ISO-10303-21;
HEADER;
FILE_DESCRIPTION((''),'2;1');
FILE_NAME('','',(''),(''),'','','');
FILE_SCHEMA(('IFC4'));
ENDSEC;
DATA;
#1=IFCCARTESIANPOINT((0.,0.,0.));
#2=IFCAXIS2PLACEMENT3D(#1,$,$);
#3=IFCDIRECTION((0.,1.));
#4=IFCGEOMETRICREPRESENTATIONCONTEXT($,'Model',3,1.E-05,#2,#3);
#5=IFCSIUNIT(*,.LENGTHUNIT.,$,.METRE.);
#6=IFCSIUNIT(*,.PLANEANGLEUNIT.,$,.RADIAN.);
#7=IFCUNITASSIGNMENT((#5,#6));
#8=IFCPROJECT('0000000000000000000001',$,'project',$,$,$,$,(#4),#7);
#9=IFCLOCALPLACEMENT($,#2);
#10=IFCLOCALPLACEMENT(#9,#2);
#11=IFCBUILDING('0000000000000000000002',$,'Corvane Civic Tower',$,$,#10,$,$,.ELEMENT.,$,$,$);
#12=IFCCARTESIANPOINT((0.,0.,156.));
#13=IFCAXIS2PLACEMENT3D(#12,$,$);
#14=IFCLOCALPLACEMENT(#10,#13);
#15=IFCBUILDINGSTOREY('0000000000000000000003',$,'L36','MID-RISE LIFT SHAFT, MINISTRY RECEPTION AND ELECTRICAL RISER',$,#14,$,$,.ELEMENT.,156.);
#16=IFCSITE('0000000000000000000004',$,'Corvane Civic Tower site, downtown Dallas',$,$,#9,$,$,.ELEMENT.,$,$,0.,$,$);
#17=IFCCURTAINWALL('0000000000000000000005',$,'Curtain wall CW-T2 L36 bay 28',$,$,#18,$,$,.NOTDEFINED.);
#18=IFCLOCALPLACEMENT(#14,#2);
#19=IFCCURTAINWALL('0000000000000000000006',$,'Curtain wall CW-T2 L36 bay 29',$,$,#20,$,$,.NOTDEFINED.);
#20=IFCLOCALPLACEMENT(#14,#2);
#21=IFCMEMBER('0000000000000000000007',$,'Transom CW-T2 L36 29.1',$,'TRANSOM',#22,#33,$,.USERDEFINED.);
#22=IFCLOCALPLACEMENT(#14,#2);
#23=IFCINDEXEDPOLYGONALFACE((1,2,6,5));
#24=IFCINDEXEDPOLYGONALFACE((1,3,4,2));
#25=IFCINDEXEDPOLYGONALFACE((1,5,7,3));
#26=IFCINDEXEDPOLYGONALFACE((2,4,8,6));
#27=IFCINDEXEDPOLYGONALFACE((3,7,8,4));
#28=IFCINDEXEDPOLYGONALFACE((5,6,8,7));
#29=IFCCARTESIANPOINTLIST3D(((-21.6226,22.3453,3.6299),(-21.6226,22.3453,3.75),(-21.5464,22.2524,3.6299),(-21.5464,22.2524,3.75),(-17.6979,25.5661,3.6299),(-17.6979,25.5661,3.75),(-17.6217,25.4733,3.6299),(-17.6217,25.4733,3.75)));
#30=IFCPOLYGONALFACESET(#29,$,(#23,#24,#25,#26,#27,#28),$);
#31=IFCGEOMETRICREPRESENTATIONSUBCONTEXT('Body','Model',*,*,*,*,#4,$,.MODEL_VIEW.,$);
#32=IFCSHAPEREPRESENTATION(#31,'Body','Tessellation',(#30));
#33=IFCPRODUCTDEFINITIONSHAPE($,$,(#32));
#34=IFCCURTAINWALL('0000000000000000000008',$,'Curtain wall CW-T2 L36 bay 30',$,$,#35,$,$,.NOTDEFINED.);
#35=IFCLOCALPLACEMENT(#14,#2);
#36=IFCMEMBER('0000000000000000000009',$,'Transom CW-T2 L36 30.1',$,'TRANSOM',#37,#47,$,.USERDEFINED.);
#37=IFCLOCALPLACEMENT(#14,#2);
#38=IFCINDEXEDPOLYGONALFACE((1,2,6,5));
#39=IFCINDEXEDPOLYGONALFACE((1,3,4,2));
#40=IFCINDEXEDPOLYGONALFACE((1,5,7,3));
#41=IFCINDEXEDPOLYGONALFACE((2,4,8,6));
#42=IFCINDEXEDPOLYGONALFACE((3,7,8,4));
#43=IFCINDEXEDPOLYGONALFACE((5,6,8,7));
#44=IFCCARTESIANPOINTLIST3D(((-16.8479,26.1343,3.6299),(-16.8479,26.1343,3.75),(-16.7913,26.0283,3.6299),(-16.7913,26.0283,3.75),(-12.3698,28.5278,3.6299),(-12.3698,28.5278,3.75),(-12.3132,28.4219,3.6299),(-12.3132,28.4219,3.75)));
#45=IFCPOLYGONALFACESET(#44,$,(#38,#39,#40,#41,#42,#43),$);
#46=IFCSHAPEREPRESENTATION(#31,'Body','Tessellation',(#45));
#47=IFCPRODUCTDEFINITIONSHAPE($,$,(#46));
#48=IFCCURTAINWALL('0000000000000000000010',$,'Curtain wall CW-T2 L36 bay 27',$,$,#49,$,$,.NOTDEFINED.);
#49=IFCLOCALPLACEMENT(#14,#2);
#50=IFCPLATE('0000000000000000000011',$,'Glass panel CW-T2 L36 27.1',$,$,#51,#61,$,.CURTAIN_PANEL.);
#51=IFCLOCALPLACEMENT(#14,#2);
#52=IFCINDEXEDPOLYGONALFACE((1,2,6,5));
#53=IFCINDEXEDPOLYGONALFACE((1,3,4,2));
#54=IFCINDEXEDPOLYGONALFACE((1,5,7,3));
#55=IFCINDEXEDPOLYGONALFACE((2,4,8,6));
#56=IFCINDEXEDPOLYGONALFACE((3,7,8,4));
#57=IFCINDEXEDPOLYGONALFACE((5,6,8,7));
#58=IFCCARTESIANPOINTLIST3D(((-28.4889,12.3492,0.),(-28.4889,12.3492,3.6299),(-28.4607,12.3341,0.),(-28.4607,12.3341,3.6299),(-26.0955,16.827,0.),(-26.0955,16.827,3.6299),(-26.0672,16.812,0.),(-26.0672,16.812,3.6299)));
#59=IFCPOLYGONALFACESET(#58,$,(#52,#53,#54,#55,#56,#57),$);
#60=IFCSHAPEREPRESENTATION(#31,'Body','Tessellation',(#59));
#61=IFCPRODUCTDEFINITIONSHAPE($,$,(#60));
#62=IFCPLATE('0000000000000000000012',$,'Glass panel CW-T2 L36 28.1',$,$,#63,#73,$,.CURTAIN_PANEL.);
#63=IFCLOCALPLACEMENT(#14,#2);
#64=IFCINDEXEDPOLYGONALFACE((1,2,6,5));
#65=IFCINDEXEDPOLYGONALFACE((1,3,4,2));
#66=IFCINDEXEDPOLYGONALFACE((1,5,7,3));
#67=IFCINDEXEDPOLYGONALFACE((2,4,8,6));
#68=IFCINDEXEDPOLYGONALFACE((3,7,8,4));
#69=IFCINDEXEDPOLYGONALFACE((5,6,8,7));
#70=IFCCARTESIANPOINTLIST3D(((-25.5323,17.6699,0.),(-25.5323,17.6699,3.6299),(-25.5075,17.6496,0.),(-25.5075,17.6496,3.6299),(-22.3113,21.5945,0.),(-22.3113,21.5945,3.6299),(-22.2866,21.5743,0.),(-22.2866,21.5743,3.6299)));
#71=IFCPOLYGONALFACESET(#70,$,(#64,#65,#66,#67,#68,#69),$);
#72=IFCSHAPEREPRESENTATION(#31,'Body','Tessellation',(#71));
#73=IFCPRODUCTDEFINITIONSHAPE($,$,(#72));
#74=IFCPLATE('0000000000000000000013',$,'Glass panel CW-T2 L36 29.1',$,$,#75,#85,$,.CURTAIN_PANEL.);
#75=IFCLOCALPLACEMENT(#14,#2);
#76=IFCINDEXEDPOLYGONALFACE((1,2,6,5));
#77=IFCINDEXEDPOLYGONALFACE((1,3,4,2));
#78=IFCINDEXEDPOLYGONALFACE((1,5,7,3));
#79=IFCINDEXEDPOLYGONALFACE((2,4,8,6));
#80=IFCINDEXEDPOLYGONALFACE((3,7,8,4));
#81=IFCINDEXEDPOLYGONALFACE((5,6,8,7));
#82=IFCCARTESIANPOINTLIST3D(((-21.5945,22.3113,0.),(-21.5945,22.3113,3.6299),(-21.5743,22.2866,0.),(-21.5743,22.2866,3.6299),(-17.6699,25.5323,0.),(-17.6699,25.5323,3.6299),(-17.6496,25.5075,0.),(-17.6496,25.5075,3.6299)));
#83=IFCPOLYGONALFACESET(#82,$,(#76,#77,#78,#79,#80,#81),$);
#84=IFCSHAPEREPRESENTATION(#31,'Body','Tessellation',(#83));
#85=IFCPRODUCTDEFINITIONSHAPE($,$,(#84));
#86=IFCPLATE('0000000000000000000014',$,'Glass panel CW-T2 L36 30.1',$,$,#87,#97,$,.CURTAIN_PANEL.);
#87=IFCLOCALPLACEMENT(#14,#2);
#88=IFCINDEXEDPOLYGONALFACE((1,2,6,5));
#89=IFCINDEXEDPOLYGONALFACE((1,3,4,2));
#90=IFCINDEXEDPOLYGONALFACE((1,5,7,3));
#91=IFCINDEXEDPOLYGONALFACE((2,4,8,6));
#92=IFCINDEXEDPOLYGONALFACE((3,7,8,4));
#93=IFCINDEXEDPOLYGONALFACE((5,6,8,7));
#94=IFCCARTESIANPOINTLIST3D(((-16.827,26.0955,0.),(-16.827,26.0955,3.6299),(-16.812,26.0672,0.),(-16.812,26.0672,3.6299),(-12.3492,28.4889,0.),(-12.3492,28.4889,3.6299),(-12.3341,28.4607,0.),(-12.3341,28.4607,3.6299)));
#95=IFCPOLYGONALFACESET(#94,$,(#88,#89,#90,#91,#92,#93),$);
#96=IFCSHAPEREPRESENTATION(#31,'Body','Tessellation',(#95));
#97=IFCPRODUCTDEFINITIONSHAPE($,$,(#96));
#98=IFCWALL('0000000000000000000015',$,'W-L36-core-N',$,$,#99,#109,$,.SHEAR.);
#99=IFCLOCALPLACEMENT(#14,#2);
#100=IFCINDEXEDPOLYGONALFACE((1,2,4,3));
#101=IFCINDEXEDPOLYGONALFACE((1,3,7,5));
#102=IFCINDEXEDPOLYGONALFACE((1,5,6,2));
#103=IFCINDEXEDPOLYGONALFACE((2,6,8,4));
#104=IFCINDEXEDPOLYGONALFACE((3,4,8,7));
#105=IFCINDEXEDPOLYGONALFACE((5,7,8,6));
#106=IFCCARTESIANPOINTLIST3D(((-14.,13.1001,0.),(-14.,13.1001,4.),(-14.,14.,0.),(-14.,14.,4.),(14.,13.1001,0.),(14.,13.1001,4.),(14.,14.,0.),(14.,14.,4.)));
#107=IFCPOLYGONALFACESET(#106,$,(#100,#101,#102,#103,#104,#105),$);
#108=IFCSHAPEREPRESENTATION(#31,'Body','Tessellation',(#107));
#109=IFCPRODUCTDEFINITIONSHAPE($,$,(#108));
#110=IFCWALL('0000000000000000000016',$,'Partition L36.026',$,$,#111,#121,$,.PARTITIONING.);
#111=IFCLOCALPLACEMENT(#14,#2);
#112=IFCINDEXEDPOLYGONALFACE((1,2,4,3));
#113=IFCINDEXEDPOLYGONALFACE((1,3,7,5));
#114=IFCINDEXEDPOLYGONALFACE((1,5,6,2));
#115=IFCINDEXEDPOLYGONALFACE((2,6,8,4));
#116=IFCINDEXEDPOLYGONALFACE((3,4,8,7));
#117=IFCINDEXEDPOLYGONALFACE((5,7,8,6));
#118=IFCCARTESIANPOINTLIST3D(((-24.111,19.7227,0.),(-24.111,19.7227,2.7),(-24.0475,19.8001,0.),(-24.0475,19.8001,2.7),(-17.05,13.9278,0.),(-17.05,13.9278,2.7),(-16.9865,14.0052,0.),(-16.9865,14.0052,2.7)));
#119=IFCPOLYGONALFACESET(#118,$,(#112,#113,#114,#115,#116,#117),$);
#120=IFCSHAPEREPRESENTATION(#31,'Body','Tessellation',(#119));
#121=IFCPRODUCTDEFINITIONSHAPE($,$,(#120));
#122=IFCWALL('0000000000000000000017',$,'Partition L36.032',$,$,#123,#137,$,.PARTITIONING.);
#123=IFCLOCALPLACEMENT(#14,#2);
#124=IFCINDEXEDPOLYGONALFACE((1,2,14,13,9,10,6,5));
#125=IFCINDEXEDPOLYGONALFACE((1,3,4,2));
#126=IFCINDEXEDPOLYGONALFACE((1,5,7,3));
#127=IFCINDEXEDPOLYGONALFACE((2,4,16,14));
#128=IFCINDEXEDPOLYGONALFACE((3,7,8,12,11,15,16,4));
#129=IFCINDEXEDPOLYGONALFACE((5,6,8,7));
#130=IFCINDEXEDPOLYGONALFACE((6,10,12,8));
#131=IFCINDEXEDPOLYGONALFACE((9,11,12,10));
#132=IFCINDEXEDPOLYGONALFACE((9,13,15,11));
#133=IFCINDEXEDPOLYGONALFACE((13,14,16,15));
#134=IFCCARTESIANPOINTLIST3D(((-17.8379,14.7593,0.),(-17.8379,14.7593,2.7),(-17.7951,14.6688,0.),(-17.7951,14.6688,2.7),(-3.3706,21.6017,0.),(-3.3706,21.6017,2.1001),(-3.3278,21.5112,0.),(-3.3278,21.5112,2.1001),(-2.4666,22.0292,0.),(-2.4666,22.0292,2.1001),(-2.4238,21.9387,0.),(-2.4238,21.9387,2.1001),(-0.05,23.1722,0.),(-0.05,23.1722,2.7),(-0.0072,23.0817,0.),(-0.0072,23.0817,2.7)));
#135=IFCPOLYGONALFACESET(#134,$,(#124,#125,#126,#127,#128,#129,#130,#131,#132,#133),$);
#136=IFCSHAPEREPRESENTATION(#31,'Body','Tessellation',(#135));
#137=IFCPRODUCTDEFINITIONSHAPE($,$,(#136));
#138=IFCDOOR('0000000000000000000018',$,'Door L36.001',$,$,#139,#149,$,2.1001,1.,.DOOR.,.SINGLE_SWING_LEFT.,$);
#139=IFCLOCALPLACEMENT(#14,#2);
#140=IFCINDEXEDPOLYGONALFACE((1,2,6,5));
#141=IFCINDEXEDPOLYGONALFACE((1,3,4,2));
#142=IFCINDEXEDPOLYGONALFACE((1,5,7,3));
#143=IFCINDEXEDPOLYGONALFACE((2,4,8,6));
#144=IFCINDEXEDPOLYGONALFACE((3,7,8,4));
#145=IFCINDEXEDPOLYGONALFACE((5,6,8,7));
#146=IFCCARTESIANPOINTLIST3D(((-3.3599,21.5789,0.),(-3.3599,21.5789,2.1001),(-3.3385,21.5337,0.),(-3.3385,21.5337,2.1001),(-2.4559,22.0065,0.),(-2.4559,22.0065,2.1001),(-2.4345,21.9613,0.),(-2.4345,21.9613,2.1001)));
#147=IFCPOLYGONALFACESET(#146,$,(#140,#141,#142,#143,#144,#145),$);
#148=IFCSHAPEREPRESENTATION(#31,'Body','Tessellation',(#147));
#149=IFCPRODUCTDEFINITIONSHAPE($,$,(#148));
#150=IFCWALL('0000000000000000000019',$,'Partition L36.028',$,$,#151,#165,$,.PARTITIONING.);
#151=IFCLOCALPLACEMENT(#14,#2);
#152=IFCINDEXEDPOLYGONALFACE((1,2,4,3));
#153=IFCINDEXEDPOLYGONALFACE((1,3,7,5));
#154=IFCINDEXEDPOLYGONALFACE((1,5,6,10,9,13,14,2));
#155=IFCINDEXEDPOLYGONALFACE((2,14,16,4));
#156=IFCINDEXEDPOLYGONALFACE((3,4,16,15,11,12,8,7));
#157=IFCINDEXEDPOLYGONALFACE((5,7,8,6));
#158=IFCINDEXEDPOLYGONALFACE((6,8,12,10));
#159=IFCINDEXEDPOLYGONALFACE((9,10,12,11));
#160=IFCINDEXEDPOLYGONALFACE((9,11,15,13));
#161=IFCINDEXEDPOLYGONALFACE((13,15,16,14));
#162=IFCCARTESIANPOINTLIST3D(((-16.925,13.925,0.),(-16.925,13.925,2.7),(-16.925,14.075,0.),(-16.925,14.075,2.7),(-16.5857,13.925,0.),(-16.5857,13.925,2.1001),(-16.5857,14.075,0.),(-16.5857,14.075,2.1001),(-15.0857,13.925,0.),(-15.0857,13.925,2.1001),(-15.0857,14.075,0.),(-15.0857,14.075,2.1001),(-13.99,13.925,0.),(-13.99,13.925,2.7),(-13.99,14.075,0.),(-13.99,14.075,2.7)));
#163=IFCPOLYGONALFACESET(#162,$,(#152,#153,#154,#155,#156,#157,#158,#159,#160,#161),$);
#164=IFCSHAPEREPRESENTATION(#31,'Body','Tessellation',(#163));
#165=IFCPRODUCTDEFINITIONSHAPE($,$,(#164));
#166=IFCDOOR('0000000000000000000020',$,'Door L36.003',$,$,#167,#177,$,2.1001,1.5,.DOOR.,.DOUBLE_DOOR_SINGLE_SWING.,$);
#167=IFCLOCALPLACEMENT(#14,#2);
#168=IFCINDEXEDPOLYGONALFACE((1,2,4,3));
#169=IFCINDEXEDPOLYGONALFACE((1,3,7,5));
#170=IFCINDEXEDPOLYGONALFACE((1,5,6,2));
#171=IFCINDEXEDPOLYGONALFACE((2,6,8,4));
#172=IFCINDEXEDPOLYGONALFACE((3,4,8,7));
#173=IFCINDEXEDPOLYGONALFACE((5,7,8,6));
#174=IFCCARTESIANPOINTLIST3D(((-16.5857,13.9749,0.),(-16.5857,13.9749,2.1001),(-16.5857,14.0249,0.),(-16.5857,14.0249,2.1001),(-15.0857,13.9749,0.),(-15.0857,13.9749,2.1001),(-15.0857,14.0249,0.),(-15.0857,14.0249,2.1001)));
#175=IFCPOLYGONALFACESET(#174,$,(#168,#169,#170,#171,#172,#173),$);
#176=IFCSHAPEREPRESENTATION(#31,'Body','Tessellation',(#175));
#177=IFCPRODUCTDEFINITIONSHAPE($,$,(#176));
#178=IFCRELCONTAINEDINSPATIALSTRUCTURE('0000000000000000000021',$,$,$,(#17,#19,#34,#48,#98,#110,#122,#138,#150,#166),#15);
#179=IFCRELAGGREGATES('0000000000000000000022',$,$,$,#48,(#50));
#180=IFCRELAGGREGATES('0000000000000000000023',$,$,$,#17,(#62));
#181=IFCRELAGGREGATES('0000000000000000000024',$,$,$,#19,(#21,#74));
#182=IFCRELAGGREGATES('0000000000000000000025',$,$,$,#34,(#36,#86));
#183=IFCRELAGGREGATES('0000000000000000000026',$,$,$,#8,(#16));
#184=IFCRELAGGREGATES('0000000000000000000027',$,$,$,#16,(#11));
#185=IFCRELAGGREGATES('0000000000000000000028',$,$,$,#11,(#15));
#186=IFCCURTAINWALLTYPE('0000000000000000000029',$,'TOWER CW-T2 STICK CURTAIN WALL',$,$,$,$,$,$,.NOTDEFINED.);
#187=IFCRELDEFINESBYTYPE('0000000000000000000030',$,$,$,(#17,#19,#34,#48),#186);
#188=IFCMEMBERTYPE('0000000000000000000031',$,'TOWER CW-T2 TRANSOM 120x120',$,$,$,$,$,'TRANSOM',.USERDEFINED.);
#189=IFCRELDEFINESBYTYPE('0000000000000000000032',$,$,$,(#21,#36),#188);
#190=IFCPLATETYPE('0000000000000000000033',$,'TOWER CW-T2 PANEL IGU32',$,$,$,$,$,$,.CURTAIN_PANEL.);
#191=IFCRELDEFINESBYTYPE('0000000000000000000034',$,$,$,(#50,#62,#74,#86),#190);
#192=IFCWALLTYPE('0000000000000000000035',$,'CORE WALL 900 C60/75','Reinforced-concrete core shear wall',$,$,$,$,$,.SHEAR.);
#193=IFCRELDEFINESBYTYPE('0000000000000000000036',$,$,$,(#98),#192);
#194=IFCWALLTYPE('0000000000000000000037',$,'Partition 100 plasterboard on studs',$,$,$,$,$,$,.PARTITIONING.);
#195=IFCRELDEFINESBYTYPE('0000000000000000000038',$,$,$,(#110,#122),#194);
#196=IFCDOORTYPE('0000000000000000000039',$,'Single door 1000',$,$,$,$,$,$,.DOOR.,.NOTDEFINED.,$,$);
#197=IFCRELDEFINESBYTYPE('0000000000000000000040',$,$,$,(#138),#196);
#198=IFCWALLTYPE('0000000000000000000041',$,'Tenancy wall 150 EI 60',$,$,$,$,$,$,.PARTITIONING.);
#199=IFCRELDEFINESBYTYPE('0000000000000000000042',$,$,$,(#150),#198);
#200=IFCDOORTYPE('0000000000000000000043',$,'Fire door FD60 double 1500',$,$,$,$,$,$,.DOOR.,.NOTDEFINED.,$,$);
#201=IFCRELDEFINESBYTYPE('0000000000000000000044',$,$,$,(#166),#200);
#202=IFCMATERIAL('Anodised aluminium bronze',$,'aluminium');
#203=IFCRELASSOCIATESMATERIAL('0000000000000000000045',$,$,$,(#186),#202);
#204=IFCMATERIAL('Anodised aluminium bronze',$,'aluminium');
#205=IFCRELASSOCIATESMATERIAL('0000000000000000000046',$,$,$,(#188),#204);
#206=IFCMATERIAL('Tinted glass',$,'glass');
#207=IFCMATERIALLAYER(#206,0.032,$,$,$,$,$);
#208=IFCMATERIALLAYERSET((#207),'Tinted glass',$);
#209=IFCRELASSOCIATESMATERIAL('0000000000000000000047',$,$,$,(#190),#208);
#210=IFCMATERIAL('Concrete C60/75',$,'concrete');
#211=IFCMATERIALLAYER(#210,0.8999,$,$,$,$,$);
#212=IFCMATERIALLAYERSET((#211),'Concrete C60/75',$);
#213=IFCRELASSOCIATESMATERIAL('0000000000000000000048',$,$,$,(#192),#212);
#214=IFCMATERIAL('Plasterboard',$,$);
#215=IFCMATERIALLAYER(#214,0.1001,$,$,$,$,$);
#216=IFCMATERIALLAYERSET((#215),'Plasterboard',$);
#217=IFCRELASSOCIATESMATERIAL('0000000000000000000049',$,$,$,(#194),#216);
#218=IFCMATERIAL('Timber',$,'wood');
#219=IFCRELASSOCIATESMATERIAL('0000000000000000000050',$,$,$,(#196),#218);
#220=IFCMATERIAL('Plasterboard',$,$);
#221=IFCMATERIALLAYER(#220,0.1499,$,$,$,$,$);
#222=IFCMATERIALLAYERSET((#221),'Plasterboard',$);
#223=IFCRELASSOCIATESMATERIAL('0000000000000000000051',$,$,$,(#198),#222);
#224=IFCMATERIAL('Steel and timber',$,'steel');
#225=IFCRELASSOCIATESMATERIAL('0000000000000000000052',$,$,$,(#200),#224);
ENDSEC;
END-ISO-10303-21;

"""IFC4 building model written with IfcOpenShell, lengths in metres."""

from ifc_helpers import new_model, si_unit, direction, frame, frame_2d, origin, origin_2d, place, context, subcontext, project, spatial, rectangle, extrude, material, layer, layer_set, material_profile, profile_set, type_object, element, fill, aggregate, save


model = new_model("IFC4")

# Units and contexts
model_context = context("Model", 3, precision=1e-05, world=origin(), true_north=direction((0.0, 1.0)))
body_context = subcontext(model_context, "Body", "Model", "MODEL_VIEW")
ifc_project = project(units=[si_unit("LENGTHUNIT", "METRE"), si_unit("PLANEANGLEUNIT", "RADIAN")], contexts=[model_context])

# Site, building, storey
site_placement = place(None, origin())
site = spatial("IfcSite", under=ifc_project, at=site_placement, Name="Corvane Civic Tower site, downtown Dallas", CompositionType="ELEMENT", RefElevation=0.0)
building_placement = place(site_placement, origin())
building = spatial("IfcBuilding", under=site, at=building_placement, Name="Corvane Civic Tower", CompositionType="ELEMENT")
storey_placement = place(building_placement, frame((0.0, 0.0, 156.0)))
storey = spatial("IfcBuildingStorey", under=building, at=storey_placement, Name="L36", Description="MID-RISE LIFT SHAFT, MINISTRY RECEPTION AND ELECTRICAL RISER", CompositionType="ELEMENT", Elevation=156.0)

# Curtain walls, members
ifc_material_1 = material(Name="Anodised aluminium bronze", Category="aluminium")
curtain_wall_type = type_object("IfcCurtainWallType", Name="TOWER CW-T2 STICK CURTAIN WALL", PredefinedType="NOTDEFINED", material=ifc_material_1)
curtain_wall_1_placement = place(storey_placement, origin())
curtain_wall_1 = element("IfcCurtainWall", 1, at=curtain_wall_1_placement, inside=storey, type_object=curtain_wall_type, Name="Curtain wall CW-T2 L36 bay 28", PredefinedType="NOTDEFINED")
ifc_material_2 = material(Name="Anodised aluminium bronze", Category="aluminium")
ifc_material_profile_1 = material_profile(ifc_material_2, rectangle(XDim=0.1201, YDim=0.1201, at=origin_2d()), Name="TOWER CW-T2 TRANSOM 120x120")
ifc_profile_set_1 = profile_set([ifc_material_profile_1], Name="Anodised aluminium bronze")
member_type = type_object("IfcMemberType", Name="TOWER CW-T2 TRANSOM 120x120", ElementType="TRANSOM", PredefinedType="USERDEFINED", material=ifc_profile_set_1)
curtain_wall_2_placement = place(storey_placement, origin())
curtain_wall_2 = element("IfcCurtainWall", 2, at=curtain_wall_2_placement, inside=storey, type_object=curtain_wall_type, Name="Curtain wall CW-T2 L36 bay 29", PredefinedType="NOTDEFINED")
member_1_placement = place(storey_placement, frame((-21.5845, 22.2988, 3.6899), z_axis=(0.773016, 0.634387, 0.0), x_axis=(-0.634387, 0.773016, 0.0)))
member_1 = element("IfcMember", 3, at=member_1_placement, type_object=member_type, Name="Transom CW-T2 L36 29.1", ObjectType="TRANSOM", PredefinedType="USERDEFINED", context=body_context, shape_type="SweptSolid", body=[
    extrude(rectangle(XDim=0.1201, YDim=0.1201, at=origin_2d()), origin(), (0.0, 0.0, 1.0), 5.0771),
])
curtain_wall_3_placement = place(storey_placement, origin())
curtain_wall_3 = element("IfcCurtainWall", 4, at=curtain_wall_3_placement, inside=storey, type_object=curtain_wall_type, Name="Curtain wall CW-T2 L36 bay 30", PredefinedType="NOTDEFINED")
member_2_placement = place(storey_placement, frame((-16.8196, 26.0813, 3.6899), z_axis=(0.881921, 0.471397, 0.0), x_axis=(-0.471397, 0.881921, 0.0)))
member_2 = element("IfcMember", 5, at=member_2_placement, type_object=member_type, Name="Transom CW-T2 L36 30.1", ObjectType="TRANSOM", PredefinedType="USERDEFINED", context=body_context, shape_type="SweptSolid", body=[
    extrude(rectangle(XDim=0.1201, YDim=0.1201, at=origin_2d()), origin(), (0.0, 0.0, 1.0), 5.0776),
])

# Curtain wall, plate
curtain_wall_4_placement = place(storey_placement, origin())
curtain_wall_4 = element("IfcCurtainWall", 6, at=curtain_wall_4_placement, inside=storey, type_object=curtain_wall_type, Name="Curtain wall CW-T2 L36 bay 27", PredefinedType="NOTDEFINED")
ifc_material_3 = material(Name="Tinted glass", Category="glass")
ifc_layer_1 = layer(ifc_material_3, 0.032)
ifc_layer_set_1 = layer_set([ifc_layer_1], Name="Tinted glass")
plate_type = type_object("IfcPlateType", Name="TOWER CW-T2 PANEL IGU32", PredefinedType="CURTAIN_PANEL", material=ifc_layer_set_1)
plate_1_placement = place(storey_placement, frame((-27.2781, 14.5806, 0.0), z_axis=(0.0, 0.0, 1.0), x_axis=(0.471395, 0.881922, 0.0)))
plate_1 = element("IfcPlate", 7, at=plate_1_placement, type_object=plate_type, Name="Glass panel CW-T2 L36 27.1", PredefinedType="CURTAIN_PANEL", context=body_context, shape_type="SweptSolid", body=[
    extrude(rectangle(XDim=5.0774, YDim=0.032, at=origin_2d()), origin(), (0.0, 0.0, 1.0), 3.6299),
])
aggregate(curtain_wall_4, [plate_1])

# Plates
plate_2_placement = place(storey_placement, frame((-23.9094, 19.6221, 0.0), z_axis=(0.0, 0.0, 1.0), x_axis=(0.6344, 0.773005, 0.0)))
plate_2 = element("IfcPlate", 8, at=plate_2_placement, type_object=plate_type, Name="Glass panel CW-T2 L36 28.1", PredefinedType="CURTAIN_PANEL", context=body_context, shape_type="SweptSolid", body=[
    extrude(rectangle(XDim=5.0771, YDim=0.032, at=origin_2d()), origin(), (0.0, 0.0, 1.0), 3.6299),
])
aggregate(curtain_wall_1, [plate_2])
plate_3_placement = place(storey_placement, frame((-19.6221, 23.9094, 0.0), z_axis=(0.0, 0.0, 1.0), x_axis=(0.773005, 0.6344, 0.0)))
plate_3 = element("IfcPlate", 9, at=plate_3_placement, type_object=plate_type, Name="Glass panel CW-T2 L36 29.1", PredefinedType="CURTAIN_PANEL", context=body_context, shape_type="SweptSolid", body=[
    extrude(rectangle(XDim=5.0771, YDim=0.032, at=origin_2d()), origin(), (0.0, 0.0, 1.0), 3.6299),
])
aggregate(curtain_wall_2, [member_1, plate_3])
plate_4_placement = place(storey_placement, frame((-14.5806, 27.2781, 0.0), z_axis=(0.0, 0.0, 1.0), x_axis=(0.881922, 0.471395, 0.0)))
plate_4 = element("IfcPlate", 10, at=plate_4_placement, type_object=plate_type, Name="Glass panel CW-T2 L36 30.1", PredefinedType="CURTAIN_PANEL", context=body_context, shape_type="SweptSolid", body=[
    extrude(rectangle(XDim=5.0774, YDim=0.032, at=origin_2d()), origin(), (0.0, 0.0, 1.0), 3.6299),
])
aggregate(curtain_wall_3, [member_2, plate_4])

# Walls
ifc_material_4 = material(Name="Concrete C60/75", Category="concrete")
ifc_layer_2 = layer(ifc_material_4, 0.8999)
ifc_layer_set_2 = layer_set([ifc_layer_2], Name="Concrete C60/75")
wall_type_1 = type_object("IfcWallType", Name="CORE WALL 900 C60/75", Description="Reinforced-concrete core shear wall", PredefinedType="SHEAR", material=ifc_layer_set_2)
wall_1_placement = place(storey_placement, frame((-14.0, 13.55, 0.0), z_axis=(0.0, 0.0, 1.0), x_axis=(1.0, 0.0, 0.0)))
element("IfcWall", 11, at=wall_1_placement, inside=storey, type_object=wall_type_1, Name="W-L36-core-N", PredefinedType="SHEAR", context=body_context, shape_type="SweptSolid", body=[
    extrude(rectangle(XDim=28.0, YDim=0.8999, at=frame_2d((14.0, 0.0))), origin(), (0.0, 0.0, 1.0), 4.0),
])
ifc_material_5 = material(Name="Plasterboard")
ifc_layer_3 = layer(ifc_material_5, 0.1001)
ifc_layer_set_3 = layer_set([ifc_layer_3], Name="Plasterboard")
wall_type_2 = type_object("IfcWallType", Name="Partition 100 plasterboard on studs", PredefinedType="PARTITIONING", material=ifc_layer_set_3)
wall_2_placement = place(storey_placement, frame((-24.0793, 19.7615, 0.0), z_axis=(0.0, 0.0, 1.0), x_axis=(0.773006, -0.634399, 0.0)))
element("IfcWall", 12, at=wall_2_placement, inside=storey, type_object=wall_type_2, Name="Partition L36.026", PredefinedType="PARTITIONING", context=body_context, shape_type="SweptSolid", body=[
    extrude(rectangle(XDim=9.1345, YDim=0.1001, at=frame_2d((4.5674, 0.0))), origin(), (0.0, 0.0, 1.0), 2.7),
])

# Walls, openings, doors
wall_3_placement = place(storey_placement, frame((-17.8164, 14.7141, 0.0), z_axis=(0.0, 0.0, 1.0), x_axis=(0.903993, 0.427548, 0.0)))
wall_3 = element("IfcWall", 13, at=wall_3_placement, inside=storey, type_object=wall_type_2, Name="Partition L36.032", PredefinedType="PARTITIONING", context=body_context, shape_type="SweptSolid", body=[
    extrude(rectangle(XDim=19.677, YDim=0.1001, at=frame_2d((9.8384, 0.0))), origin(), (0.0, 0.0, 1.0), 2.7),
])
opening_1_placement = place(wall_3_placement, frame((16.0037, 0.0, 0.0)))
opening_1 = element("IfcOpeningElement", 14, at=opening_1_placement, cuts=wall_3, PredefinedType="OPENING", context=body_context, shape_type="SweptSolid", body=[
    extrude(rectangle(XDim=1.0, YDim=2.1001, at=frame_2d((0.5, 1.05))), frame((0.0, 0.0601, 0.0), z_axis=(0.0, -1.0, 0.0), x_axis=(1.0, 0.0, 0.0)), (0.0, 0.0, 1.0), 0.1201),
])
ifc_material_6 = material(Name="Timber", Category="wood")
door_type_1 = type_object("IfcDoorType", Name="Single door 1000", OperationType="NOTDEFINED", PredefinedType="DOOR", material=ifc_material_6)
door_1_placement = place(opening_1_placement, origin())
door_1 = element("IfcDoor", 15, at=door_1_placement, inside=storey, type_object=door_type_1, Name="Door L36.001", OperationType="SINGLE_SWING_LEFT", OverallHeight=2.1001, OverallWidth=1.0, PredefinedType="DOOR", context=body_context, shape_type="SweptSolid", body=[
    extrude(rectangle(XDim=1.0, YDim=2.1001, at=frame_2d((0.5, 1.05))), frame((0.0, 0.0249, 0.0), z_axis=(0.0, -1.0, 0.0), x_axis=(1.0, 0.0, 0.0)), (0.0, 0.0, 1.0), 0.05),
])
fill(opening_1, door_1)
ifc_material_7 = material(Name="Plasterboard")
ifc_layer_4 = layer(ifc_material_7, 0.1499)
ifc_layer_set_4 = layer_set([ifc_layer_4], Name="Plasterboard")
wall_type_3 = type_object("IfcWallType", Name="Tenancy wall 150 EI 60", PredefinedType="PARTITIONING", material=ifc_layer_set_4)
wall_4_placement = place(storey_placement, frame((-16.925, 14.0, 0.0), z_axis=(0.0, 0.0, 1.0), x_axis=(1.0, 0.0, 0.0)))
wall_4 = element("IfcWall", 16, at=wall_4_placement, inside=storey, type_object=wall_type_3, Name="Partition L36.028", PredefinedType="PARTITIONING", context=body_context, shape_type="SweptSolid", body=[
    extrude(rectangle(XDim=2.9351, YDim=0.1499, at=frame_2d((1.4675, 0.0))), origin(), (0.0, 0.0, 1.0), 2.7),
])
opening_2_placement = place(wall_4_placement, frame((0.3394, 0.0, 0.0)))
opening_2 = element("IfcOpeningElement", 17, at=opening_2_placement, cuts=wall_4, PredefinedType="OPENING", context=body_context, shape_type="SweptSolid", body=[
    extrude(rectangle(XDim=1.5, YDim=2.1001, at=frame_2d((0.75, 1.05))), frame((0.0, 0.085, 0.0), z_axis=(0.0, -1.0, 0.0), x_axis=(1.0, 0.0, 0.0)), (0.0, 0.0, 1.0), 0.1699),
])
ifc_material_8 = material(Name="Steel and timber", Category="steel")
door_type_2 = type_object("IfcDoorType", Name="Fire door FD60 double 1500", OperationType="NOTDEFINED", PredefinedType="DOOR", material=ifc_material_8)
door_2_placement = place(opening_2_placement, origin())
door_2 = element("IfcDoor", 18, at=door_2_placement, inside=storey, type_object=door_type_2, Name="Door L36.003", OperationType="DOUBLE_DOOR_SINGLE_SWING", OverallHeight=2.1001, OverallWidth=1.5, PredefinedType="DOOR", context=body_context, shape_type="SweptSolid", body=[
    extrude(rectangle(XDim=1.5, YDim=2.1001, at=frame_2d((0.75, 1.05))), frame((0.0, 0.0249, 0.0), z_axis=(0.0, -1.0, 0.0), x_axis=(1.0, 0.0, 0.0)), (0.0, 0.0, 1.0), 0.05),
])
fill(opening_2, door_2)

save(model, "model.ifc")
